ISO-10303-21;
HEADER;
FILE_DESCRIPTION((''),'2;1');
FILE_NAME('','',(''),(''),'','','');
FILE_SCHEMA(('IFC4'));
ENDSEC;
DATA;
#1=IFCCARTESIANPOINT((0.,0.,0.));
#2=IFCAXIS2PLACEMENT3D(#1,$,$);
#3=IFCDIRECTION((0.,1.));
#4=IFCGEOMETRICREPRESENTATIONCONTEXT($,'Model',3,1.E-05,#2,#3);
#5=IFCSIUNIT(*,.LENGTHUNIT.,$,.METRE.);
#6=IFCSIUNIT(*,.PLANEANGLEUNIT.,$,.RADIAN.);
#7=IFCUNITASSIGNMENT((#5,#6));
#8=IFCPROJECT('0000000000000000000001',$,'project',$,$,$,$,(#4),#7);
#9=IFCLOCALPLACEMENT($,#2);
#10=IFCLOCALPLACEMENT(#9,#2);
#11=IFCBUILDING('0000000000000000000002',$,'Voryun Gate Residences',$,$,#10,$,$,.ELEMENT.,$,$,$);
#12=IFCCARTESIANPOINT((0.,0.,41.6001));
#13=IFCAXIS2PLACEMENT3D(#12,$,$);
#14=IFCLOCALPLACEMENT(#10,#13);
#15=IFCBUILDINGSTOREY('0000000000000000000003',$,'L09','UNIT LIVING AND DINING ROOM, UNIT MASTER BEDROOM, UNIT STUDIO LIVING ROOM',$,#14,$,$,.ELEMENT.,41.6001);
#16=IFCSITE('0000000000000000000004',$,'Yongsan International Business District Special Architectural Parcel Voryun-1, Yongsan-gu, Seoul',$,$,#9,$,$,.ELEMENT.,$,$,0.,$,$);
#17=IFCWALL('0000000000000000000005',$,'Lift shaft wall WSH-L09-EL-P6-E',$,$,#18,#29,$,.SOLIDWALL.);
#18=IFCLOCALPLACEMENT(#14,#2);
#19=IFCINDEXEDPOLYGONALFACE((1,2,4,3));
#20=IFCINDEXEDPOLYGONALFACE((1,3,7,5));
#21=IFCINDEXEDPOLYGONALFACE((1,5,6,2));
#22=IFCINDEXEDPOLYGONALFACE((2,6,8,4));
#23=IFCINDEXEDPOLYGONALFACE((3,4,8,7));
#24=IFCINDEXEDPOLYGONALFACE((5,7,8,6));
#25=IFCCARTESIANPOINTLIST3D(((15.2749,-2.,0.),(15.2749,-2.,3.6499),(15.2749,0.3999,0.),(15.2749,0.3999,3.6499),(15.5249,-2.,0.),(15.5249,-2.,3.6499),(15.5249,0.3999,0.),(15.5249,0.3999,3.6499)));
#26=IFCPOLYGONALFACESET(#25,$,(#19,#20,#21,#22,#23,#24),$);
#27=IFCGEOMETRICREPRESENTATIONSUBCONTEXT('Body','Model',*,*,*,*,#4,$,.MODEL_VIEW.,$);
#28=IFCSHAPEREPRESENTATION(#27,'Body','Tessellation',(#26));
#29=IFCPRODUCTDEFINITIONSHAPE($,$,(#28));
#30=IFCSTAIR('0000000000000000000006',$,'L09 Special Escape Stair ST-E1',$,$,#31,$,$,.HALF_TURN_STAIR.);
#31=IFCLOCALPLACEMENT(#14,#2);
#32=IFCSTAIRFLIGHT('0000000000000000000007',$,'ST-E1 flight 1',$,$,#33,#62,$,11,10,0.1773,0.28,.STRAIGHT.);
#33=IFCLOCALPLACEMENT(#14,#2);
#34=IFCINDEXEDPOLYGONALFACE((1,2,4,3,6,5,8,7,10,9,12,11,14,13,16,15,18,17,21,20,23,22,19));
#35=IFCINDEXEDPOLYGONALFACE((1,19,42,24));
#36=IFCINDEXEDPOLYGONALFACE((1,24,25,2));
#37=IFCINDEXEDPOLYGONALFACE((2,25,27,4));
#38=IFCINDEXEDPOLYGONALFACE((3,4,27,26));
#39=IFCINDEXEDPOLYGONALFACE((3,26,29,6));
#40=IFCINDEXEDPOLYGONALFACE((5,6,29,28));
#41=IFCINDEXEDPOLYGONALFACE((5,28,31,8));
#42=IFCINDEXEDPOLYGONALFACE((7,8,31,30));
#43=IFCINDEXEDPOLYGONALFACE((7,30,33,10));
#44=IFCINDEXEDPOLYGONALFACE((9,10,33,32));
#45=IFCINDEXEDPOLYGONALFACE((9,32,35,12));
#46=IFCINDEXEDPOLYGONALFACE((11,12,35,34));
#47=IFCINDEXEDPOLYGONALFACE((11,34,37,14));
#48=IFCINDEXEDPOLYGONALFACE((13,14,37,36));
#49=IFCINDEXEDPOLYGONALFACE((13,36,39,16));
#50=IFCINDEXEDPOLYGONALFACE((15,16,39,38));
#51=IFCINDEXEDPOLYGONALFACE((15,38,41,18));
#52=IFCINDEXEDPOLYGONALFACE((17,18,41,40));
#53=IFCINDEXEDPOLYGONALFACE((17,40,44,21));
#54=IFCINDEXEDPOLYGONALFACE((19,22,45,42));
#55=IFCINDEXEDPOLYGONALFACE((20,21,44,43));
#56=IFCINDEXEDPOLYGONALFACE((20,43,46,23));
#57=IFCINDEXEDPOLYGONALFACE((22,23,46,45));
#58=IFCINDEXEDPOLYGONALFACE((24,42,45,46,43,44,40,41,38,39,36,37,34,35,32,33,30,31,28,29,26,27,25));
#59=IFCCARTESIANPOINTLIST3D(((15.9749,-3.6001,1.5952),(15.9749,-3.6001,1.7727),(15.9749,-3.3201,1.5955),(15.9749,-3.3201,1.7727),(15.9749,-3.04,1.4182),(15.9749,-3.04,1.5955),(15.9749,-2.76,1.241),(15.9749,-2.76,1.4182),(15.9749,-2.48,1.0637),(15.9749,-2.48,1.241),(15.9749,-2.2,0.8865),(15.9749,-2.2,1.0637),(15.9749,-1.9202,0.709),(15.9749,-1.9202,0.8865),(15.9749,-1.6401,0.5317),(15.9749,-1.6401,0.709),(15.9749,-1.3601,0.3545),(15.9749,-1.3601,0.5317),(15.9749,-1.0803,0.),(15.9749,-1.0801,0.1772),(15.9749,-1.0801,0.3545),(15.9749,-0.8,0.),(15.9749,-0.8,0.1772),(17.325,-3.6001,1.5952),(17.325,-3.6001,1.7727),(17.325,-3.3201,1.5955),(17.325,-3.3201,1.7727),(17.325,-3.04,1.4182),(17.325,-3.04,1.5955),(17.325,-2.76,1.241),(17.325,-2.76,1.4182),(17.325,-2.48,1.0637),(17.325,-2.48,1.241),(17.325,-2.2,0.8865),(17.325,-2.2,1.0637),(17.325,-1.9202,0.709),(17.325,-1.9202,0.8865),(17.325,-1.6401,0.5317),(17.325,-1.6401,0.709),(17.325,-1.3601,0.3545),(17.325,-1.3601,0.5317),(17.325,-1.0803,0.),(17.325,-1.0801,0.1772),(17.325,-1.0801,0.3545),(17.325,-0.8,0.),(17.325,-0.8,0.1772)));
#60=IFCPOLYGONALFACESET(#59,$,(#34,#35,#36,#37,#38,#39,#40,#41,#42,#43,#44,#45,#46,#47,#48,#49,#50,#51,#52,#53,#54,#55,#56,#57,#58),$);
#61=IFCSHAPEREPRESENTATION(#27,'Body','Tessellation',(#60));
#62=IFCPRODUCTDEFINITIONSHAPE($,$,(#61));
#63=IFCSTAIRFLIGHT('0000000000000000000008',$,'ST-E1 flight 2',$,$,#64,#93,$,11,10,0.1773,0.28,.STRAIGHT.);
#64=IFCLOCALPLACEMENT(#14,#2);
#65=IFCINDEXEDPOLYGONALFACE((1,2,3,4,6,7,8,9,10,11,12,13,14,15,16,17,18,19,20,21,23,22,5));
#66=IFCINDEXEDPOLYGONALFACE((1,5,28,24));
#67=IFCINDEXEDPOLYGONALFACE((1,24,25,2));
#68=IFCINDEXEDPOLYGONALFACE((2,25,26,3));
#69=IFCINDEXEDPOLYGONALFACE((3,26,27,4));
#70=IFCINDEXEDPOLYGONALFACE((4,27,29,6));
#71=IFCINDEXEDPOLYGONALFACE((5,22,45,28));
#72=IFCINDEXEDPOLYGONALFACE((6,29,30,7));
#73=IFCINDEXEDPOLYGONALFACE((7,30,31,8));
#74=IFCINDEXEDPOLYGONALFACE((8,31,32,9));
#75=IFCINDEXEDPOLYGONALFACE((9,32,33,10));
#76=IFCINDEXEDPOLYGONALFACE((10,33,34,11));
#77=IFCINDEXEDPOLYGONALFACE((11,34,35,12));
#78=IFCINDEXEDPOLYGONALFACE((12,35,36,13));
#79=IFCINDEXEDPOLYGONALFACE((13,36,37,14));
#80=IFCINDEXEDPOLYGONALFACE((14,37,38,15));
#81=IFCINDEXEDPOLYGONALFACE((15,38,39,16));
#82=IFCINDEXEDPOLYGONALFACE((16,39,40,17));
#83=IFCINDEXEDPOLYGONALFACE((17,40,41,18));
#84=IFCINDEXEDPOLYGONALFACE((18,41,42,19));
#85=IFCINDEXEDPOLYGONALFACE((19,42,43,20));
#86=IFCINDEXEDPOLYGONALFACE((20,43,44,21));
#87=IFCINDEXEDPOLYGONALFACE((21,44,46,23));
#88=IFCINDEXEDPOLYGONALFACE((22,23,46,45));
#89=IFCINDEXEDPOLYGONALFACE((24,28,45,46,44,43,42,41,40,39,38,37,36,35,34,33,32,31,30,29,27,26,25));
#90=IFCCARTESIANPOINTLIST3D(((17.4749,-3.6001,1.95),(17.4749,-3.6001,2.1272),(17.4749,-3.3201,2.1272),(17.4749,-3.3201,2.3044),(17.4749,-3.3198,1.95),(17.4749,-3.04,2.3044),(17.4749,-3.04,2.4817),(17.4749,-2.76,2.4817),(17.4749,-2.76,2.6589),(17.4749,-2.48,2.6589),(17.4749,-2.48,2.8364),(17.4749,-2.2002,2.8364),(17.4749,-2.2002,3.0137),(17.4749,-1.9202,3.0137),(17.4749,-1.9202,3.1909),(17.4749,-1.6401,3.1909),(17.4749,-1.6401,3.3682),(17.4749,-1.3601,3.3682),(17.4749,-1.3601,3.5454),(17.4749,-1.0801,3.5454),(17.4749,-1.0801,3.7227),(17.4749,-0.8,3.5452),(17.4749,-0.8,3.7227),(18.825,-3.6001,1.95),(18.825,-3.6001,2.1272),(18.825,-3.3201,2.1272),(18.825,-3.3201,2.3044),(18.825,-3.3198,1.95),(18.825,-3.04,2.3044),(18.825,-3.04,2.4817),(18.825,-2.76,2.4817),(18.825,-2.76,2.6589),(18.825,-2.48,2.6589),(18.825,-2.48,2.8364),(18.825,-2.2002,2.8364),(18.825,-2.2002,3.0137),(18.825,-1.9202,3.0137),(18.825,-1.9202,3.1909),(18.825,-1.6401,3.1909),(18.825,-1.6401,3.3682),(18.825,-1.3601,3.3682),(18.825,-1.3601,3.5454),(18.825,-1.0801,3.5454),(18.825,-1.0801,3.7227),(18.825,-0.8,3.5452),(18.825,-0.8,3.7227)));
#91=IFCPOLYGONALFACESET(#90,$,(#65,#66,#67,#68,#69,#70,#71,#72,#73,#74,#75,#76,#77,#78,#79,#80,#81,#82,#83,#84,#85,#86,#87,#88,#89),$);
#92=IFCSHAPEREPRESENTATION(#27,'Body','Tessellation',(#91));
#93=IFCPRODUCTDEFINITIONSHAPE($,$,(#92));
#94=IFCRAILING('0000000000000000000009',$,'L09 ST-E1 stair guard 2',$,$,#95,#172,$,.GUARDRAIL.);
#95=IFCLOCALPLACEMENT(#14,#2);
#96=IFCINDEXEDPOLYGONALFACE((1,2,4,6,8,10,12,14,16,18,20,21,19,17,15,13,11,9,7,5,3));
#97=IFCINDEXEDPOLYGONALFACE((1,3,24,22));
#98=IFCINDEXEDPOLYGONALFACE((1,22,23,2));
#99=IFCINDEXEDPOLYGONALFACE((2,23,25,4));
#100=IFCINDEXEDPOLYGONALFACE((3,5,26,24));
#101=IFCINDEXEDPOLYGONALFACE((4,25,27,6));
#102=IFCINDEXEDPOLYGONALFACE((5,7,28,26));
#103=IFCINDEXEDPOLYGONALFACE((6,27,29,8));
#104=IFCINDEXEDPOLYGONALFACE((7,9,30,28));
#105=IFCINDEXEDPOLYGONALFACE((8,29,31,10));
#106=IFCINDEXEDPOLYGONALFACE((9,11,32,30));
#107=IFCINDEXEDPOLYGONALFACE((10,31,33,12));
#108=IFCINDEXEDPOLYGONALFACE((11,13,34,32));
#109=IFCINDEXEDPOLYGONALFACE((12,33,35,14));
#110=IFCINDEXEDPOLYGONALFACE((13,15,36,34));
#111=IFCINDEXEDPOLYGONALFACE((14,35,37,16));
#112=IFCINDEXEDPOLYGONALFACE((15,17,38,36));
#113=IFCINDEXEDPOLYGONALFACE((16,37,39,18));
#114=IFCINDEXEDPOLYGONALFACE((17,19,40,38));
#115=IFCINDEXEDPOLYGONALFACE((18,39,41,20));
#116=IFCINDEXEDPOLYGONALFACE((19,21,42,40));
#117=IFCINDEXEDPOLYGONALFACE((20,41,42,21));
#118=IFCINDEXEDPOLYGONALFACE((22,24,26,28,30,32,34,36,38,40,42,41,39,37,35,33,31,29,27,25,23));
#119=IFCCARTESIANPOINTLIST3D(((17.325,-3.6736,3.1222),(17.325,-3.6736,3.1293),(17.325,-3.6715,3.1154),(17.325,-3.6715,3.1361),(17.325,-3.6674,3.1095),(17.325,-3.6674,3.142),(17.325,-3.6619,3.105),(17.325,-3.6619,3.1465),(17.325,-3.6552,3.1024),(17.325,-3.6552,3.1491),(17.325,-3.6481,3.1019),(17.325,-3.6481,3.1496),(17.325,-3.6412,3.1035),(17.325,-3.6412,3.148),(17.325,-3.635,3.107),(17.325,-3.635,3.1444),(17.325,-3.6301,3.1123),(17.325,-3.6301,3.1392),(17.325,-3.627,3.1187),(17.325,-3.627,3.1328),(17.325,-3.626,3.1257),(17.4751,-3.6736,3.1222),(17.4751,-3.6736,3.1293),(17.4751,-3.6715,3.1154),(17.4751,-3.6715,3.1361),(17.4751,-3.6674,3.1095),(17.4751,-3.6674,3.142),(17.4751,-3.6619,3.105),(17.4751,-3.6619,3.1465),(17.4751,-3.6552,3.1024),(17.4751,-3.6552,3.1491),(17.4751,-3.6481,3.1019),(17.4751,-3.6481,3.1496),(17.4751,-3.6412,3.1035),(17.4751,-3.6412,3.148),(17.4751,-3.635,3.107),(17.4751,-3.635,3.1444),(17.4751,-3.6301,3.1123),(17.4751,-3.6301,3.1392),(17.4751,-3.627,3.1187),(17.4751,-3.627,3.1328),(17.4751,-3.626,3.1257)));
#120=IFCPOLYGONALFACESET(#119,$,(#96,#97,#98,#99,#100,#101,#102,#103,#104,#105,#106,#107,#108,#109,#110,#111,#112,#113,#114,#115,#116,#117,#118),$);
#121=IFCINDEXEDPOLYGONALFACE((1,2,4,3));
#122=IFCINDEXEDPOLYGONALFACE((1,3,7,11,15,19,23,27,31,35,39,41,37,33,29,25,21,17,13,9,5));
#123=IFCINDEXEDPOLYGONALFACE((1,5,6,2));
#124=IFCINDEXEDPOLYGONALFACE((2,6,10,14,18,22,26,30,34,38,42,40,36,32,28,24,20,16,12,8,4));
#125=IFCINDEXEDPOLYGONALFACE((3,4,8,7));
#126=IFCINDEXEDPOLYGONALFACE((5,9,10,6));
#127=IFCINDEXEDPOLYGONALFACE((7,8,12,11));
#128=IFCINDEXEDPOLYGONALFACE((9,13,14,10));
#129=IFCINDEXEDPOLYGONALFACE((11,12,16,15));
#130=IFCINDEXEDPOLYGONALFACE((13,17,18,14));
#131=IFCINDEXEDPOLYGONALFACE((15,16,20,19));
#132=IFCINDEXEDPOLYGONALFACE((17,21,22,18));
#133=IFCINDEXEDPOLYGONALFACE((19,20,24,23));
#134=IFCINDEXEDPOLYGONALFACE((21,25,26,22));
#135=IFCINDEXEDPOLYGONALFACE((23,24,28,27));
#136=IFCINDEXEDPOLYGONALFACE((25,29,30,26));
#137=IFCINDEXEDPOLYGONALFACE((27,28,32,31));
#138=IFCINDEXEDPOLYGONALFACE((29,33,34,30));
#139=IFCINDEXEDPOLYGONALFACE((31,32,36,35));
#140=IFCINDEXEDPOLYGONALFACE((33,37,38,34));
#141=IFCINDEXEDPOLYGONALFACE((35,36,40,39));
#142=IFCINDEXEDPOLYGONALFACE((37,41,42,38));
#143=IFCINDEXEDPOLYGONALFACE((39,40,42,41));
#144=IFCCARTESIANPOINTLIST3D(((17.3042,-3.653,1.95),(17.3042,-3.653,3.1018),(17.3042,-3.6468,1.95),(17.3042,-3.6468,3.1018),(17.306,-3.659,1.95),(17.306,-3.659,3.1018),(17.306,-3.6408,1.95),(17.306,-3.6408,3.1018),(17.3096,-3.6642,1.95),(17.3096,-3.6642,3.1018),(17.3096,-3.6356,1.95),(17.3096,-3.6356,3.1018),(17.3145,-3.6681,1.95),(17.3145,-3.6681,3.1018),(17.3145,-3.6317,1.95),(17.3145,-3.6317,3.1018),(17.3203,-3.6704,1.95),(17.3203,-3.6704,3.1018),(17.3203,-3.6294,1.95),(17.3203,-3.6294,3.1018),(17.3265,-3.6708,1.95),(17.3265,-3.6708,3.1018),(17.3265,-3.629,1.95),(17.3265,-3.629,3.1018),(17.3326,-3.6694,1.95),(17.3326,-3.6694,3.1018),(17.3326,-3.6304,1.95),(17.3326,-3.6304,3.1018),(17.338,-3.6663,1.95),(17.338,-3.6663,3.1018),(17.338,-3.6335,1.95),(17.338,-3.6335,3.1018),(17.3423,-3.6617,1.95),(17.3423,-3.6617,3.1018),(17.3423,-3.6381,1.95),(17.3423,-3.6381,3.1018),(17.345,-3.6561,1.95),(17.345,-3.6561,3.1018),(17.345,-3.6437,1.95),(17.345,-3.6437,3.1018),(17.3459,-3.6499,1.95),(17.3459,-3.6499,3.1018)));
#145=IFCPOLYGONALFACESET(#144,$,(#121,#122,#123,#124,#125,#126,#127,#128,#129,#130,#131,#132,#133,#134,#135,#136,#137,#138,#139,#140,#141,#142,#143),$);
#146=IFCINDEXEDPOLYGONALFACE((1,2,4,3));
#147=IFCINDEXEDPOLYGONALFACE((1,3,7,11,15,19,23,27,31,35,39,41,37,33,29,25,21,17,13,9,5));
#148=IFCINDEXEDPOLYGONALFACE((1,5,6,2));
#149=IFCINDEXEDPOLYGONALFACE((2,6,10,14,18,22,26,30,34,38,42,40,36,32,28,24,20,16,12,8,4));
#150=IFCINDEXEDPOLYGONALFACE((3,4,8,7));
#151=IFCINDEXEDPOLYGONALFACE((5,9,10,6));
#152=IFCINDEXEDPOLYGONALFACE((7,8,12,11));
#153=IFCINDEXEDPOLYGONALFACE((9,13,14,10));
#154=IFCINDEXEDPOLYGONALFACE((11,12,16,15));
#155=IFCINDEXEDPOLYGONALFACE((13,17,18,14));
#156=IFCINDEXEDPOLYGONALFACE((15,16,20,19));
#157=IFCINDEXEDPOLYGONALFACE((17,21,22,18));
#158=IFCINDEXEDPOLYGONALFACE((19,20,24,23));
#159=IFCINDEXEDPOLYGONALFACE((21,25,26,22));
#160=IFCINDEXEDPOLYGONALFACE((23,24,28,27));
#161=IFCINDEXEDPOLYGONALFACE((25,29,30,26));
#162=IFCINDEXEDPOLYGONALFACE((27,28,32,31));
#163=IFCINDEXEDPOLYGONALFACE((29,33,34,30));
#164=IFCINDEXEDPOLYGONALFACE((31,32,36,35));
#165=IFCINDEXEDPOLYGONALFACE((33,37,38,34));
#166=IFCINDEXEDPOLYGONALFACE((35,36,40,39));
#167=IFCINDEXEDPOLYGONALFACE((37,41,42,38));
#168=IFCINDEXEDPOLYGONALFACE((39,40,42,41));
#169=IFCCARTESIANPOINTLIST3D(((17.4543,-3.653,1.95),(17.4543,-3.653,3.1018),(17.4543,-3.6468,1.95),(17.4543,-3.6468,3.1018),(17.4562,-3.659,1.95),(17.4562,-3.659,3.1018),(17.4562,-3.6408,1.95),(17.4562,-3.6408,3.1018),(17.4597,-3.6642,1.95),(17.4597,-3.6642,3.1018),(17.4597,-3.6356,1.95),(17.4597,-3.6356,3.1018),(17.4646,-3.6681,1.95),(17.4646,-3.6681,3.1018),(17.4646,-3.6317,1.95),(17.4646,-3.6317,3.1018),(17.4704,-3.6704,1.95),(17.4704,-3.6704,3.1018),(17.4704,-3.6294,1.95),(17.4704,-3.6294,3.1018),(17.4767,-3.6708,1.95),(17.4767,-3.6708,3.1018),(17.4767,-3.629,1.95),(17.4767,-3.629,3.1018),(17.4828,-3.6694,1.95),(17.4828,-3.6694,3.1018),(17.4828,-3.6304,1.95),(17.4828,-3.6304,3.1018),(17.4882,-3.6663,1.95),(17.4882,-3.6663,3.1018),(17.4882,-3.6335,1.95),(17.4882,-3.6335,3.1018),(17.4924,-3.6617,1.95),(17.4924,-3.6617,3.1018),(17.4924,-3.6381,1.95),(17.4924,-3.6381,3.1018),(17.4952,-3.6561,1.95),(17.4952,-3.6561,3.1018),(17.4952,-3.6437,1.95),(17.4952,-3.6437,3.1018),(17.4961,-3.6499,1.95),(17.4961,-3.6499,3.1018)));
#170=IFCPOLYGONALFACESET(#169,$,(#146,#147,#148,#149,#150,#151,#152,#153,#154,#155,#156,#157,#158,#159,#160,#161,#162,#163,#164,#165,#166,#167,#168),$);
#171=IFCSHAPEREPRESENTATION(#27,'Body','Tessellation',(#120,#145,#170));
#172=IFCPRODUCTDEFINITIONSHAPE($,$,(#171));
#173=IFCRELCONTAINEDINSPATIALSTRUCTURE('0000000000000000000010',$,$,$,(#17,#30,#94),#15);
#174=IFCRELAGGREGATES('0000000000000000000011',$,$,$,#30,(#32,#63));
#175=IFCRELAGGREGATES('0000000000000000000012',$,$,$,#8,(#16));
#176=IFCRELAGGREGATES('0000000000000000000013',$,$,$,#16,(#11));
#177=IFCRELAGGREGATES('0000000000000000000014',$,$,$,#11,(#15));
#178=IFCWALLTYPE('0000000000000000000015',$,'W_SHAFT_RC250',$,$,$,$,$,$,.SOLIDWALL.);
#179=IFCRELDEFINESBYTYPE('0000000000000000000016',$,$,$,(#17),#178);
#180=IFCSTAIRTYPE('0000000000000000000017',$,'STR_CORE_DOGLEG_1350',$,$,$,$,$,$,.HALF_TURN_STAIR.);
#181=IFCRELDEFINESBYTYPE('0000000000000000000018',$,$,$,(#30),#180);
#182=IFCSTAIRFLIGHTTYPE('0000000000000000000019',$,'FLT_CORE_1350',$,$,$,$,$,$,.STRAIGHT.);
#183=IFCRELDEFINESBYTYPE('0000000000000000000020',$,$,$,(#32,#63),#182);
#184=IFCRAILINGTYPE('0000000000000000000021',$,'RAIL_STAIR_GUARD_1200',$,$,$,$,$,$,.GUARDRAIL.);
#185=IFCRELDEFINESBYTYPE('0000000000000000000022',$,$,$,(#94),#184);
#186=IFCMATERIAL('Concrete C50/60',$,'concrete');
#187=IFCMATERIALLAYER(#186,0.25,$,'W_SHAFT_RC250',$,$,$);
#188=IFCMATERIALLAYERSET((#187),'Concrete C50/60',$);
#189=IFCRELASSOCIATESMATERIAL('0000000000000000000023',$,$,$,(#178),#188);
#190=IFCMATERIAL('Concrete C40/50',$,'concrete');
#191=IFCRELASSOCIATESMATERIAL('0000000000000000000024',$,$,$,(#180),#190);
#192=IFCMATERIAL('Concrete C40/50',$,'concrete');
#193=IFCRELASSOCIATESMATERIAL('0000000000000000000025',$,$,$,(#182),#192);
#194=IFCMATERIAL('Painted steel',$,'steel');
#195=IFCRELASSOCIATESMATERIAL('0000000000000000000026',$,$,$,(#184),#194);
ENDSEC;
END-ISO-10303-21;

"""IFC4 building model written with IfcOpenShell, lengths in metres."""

from ifc_helpers import new_model, si_unit, direction, frame, frame_2d, origin, origin_2d, place, context, subcontext, project, spatial, polyline, rectangle, circle, outline, extrude, material, layer, layer_set, type_object, element, aggregate, save


model = new_model("IFC4")

# Units and contexts
model_context = context("Model", 3, precision=1e-05, world=origin(), true_north=direction((0.0, 1.0)))
body_context = subcontext(model_context, "Body", "Model", "MODEL_VIEW")
ifc_project = project(units=[si_unit("LENGTHUNIT", "METRE"), si_unit("PLANEANGLEUNIT", "RADIAN")], contexts=[model_context])

# Site, building, storey
site_placement = place(None, origin())
site = spatial("IfcSite", under=ifc_project, at=site_placement, Name="Yongsan International Business District Special Architectural Parcel Voryun-1, Yongsan-gu, Seoul", CompositionType="ELEMENT", RefElevation=0.0)
building_placement = place(site_placement, origin())
building = spatial("IfcBuilding", under=site, at=building_placement, Name="Voryun Gate Residences", CompositionType="ELEMENT")
storey_placement = place(building_placement, frame((0.0, 0.0, 41.6001)))
storey = spatial("IfcBuildingStorey", under=building, at=storey_placement, Name="L09", Description="UNIT LIVING AND DINING ROOM, UNIT MASTER BEDROOM, UNIT STUDIO LIVING ROOM", CompositionType="ELEMENT", Elevation=41.6001)

# Wall
ifc_material_1 = material(Name="Concrete C50/60", Category="concrete")
ifc_layer_1 = layer(ifc_material_1, 0.25, Name="W_SHAFT_RC250")
ifc_layer_set_1 = layer_set([ifc_layer_1], Name="Concrete C50/60")
wall_type_1 = type_object("IfcWallType", Name="W_SHAFT_RC250", PredefinedType="SOLIDWALL", material=ifc_layer_set_1)
wall_1_placement = place(storey_placement, frame((15.3999, -2.0, 0.0), z_axis=(0.0, 0.0, 1.0), x_axis=(0.0, 1.0, 0.0)))
element("IfcWall", 1, at=wall_1_placement, inside=storey, type_object=wall_type_1, Name="Lift shaft wall WSH-L09-EL-P6-E", PredefinedType="SOLIDWALL", context=body_context, shape_type="SweptSolid", body=[
    extrude(rectangle(XDim=2.3999, YDim=0.25, at=frame_2d((1.2, 0.0))), origin(), (0.0, 0.0, 1.0), 3.6499),
])

# Stair, stair flights
ifc_material_2 = material(Name="Concrete C40/50", Category="concrete")
stair_type = type_object("IfcStairType", Name="STR_CORE_DOGLEG_1350", PredefinedType="HALF_TURN_STAIR", material=ifc_material_2)
stair_placement = place(storey_placement, origin())
stair = element("IfcStair", 2, at=stair_placement, inside=storey, type_object=stair_type, Name="L09 Special Escape Stair ST-E1", PredefinedType="HALF_TURN_STAIR")
ifc_material_3 = material(Name="Concrete C40/50", Category="concrete")
stair_flight_type = type_object("IfcStairFlightType", Name="FLT_CORE_1350", PredefinedType="STRAIGHT", material=ifc_material_3)
stair_flight_1_placement = place(storey_placement, frame((16.6499, -0.8, 0.0), z_axis=(0.0, 0.0, 1.0), x_axis=(0.0, -1.0, 0.0)))
stair_flight_1 = element("IfcStairFlight", 3, at=stair_flight_1_placement, type_object=stair_flight_type, Name="ST-E1 flight 1", NumberOfRisers=11, NumberOfTreads=10, PredefinedType="STRAIGHT", RiserHeight=0.1773, TreadLength=0.28, context=body_context, shape_type="SweptSolid", body=[
    extrude(outline(polyline([(0.0, 0.0), (0.0, 0.1772), (0.28, 0.1772), (0.28, 0.3545), (0.5601, 0.3545), (0.5601, 0.5317), (0.8401, 0.5317), (0.8401, 0.709), (1.1201, 0.709), (1.1201, 0.8865), (1.3999, 0.8865), (1.3999, 1.0637), (1.6799, 1.0637), (1.6799, 1.241), (1.96, 1.241), (1.96, 1.4182), (2.24, 1.4182), (2.24, 1.5955), (2.52, 1.5955), (2.52, 1.7727), (2.8, 1.7727), (2.8, 1.95), (2.8, 1.5952), (0.2803, 0.0), (0.0, 0.0)])), frame((0.0, 0.675, 0.0), z_axis=(0.0, -1.0, 0.0), x_axis=(1.0, 0.0, 0.0)), (0.0, 0.0, 1.0), 1.3501),
])
stair_flight_2_placement = place(storey_placement, frame((18.1499, -3.6001, 1.95), z_axis=(0.0, 0.0, 1.0), x_axis=(0.0, 1.0, 0.0)))
stair_flight_2 = element("IfcStairFlight", 4, at=stair_flight_2_placement, type_object=stair_flight_type, Name="ST-E1 flight 2", NumberOfRisers=11, NumberOfTreads=10, PredefinedType="STRAIGHT", RiserHeight=0.1773, TreadLength=0.28, context=body_context, shape_type="SweptSolid", body=[
    extrude(outline(polyline([(0.0, 0.0), (0.0, 0.1772), (0.28, 0.1772), (0.28, 0.3545), (0.5601, 0.3545), (0.5601, 0.5317), (0.8401, 0.5317), (0.8401, 0.709), (1.1201, 0.709), (1.1201, 0.8865), (1.3999, 0.8865), (1.3999, 1.0637), (1.6799, 1.0637), (1.6799, 1.241), (1.96, 1.241), (1.96, 1.4182), (2.24, 1.4182), (2.24, 1.5955), (2.52, 1.5955), (2.52, 1.7727), (2.8, 1.7727), (2.8, 1.95), (2.8, 1.5952), (0.2803, 0.0), (0.0, 0.0)])), frame((0.0, 0.675, 0.0), z_axis=(0.0, -1.0, 0.0), x_axis=(1.0, 0.0, 0.0)), (0.0, 0.0, 1.0), 1.3501),
])
aggregate(stair, [stair_flight_1, stair_flight_2])

# Railing
ifc_material_4 = material(Name="Painted steel", Category="steel")
railing_type_1 = type_object("IfcRailingType", Name="RAIL_STAIR_GUARD_1200", PredefinedType="GUARDRAIL", material=ifc_material_4)
railing_1_placement = place(storey_placement, frame((17.325, -3.6499, 1.95)))
element("IfcRailing", 5, at=railing_1_placement, inside=storey, type_object=railing_type_1, Name="L09 ST-E1 stair guard 2", PredefinedType="GUARDRAIL", context=body_context, shape_type="SweptSolid", body=[
    extrude(circle(Radius=0.0239, at=origin_2d()), frame((0.0, 0.0, 1.1758), z_axis=(1.0, 0.0, 0.0), x_axis=(0.0, 1.0, 0.0)), (0.0, 0.0, 1.0), 0.1501),
    extrude(circle(Radius=0.021, at=origin_2d()), origin(), (0.0, 0.0, 1.0), 1.1519),
    extrude(circle(Radius=0.021, at=origin_2d()), frame((0.1501, 0.0, 0.0)), (0.0, 0.0, 1.0), 1.1519),
])

save(model, "model.ifc")
